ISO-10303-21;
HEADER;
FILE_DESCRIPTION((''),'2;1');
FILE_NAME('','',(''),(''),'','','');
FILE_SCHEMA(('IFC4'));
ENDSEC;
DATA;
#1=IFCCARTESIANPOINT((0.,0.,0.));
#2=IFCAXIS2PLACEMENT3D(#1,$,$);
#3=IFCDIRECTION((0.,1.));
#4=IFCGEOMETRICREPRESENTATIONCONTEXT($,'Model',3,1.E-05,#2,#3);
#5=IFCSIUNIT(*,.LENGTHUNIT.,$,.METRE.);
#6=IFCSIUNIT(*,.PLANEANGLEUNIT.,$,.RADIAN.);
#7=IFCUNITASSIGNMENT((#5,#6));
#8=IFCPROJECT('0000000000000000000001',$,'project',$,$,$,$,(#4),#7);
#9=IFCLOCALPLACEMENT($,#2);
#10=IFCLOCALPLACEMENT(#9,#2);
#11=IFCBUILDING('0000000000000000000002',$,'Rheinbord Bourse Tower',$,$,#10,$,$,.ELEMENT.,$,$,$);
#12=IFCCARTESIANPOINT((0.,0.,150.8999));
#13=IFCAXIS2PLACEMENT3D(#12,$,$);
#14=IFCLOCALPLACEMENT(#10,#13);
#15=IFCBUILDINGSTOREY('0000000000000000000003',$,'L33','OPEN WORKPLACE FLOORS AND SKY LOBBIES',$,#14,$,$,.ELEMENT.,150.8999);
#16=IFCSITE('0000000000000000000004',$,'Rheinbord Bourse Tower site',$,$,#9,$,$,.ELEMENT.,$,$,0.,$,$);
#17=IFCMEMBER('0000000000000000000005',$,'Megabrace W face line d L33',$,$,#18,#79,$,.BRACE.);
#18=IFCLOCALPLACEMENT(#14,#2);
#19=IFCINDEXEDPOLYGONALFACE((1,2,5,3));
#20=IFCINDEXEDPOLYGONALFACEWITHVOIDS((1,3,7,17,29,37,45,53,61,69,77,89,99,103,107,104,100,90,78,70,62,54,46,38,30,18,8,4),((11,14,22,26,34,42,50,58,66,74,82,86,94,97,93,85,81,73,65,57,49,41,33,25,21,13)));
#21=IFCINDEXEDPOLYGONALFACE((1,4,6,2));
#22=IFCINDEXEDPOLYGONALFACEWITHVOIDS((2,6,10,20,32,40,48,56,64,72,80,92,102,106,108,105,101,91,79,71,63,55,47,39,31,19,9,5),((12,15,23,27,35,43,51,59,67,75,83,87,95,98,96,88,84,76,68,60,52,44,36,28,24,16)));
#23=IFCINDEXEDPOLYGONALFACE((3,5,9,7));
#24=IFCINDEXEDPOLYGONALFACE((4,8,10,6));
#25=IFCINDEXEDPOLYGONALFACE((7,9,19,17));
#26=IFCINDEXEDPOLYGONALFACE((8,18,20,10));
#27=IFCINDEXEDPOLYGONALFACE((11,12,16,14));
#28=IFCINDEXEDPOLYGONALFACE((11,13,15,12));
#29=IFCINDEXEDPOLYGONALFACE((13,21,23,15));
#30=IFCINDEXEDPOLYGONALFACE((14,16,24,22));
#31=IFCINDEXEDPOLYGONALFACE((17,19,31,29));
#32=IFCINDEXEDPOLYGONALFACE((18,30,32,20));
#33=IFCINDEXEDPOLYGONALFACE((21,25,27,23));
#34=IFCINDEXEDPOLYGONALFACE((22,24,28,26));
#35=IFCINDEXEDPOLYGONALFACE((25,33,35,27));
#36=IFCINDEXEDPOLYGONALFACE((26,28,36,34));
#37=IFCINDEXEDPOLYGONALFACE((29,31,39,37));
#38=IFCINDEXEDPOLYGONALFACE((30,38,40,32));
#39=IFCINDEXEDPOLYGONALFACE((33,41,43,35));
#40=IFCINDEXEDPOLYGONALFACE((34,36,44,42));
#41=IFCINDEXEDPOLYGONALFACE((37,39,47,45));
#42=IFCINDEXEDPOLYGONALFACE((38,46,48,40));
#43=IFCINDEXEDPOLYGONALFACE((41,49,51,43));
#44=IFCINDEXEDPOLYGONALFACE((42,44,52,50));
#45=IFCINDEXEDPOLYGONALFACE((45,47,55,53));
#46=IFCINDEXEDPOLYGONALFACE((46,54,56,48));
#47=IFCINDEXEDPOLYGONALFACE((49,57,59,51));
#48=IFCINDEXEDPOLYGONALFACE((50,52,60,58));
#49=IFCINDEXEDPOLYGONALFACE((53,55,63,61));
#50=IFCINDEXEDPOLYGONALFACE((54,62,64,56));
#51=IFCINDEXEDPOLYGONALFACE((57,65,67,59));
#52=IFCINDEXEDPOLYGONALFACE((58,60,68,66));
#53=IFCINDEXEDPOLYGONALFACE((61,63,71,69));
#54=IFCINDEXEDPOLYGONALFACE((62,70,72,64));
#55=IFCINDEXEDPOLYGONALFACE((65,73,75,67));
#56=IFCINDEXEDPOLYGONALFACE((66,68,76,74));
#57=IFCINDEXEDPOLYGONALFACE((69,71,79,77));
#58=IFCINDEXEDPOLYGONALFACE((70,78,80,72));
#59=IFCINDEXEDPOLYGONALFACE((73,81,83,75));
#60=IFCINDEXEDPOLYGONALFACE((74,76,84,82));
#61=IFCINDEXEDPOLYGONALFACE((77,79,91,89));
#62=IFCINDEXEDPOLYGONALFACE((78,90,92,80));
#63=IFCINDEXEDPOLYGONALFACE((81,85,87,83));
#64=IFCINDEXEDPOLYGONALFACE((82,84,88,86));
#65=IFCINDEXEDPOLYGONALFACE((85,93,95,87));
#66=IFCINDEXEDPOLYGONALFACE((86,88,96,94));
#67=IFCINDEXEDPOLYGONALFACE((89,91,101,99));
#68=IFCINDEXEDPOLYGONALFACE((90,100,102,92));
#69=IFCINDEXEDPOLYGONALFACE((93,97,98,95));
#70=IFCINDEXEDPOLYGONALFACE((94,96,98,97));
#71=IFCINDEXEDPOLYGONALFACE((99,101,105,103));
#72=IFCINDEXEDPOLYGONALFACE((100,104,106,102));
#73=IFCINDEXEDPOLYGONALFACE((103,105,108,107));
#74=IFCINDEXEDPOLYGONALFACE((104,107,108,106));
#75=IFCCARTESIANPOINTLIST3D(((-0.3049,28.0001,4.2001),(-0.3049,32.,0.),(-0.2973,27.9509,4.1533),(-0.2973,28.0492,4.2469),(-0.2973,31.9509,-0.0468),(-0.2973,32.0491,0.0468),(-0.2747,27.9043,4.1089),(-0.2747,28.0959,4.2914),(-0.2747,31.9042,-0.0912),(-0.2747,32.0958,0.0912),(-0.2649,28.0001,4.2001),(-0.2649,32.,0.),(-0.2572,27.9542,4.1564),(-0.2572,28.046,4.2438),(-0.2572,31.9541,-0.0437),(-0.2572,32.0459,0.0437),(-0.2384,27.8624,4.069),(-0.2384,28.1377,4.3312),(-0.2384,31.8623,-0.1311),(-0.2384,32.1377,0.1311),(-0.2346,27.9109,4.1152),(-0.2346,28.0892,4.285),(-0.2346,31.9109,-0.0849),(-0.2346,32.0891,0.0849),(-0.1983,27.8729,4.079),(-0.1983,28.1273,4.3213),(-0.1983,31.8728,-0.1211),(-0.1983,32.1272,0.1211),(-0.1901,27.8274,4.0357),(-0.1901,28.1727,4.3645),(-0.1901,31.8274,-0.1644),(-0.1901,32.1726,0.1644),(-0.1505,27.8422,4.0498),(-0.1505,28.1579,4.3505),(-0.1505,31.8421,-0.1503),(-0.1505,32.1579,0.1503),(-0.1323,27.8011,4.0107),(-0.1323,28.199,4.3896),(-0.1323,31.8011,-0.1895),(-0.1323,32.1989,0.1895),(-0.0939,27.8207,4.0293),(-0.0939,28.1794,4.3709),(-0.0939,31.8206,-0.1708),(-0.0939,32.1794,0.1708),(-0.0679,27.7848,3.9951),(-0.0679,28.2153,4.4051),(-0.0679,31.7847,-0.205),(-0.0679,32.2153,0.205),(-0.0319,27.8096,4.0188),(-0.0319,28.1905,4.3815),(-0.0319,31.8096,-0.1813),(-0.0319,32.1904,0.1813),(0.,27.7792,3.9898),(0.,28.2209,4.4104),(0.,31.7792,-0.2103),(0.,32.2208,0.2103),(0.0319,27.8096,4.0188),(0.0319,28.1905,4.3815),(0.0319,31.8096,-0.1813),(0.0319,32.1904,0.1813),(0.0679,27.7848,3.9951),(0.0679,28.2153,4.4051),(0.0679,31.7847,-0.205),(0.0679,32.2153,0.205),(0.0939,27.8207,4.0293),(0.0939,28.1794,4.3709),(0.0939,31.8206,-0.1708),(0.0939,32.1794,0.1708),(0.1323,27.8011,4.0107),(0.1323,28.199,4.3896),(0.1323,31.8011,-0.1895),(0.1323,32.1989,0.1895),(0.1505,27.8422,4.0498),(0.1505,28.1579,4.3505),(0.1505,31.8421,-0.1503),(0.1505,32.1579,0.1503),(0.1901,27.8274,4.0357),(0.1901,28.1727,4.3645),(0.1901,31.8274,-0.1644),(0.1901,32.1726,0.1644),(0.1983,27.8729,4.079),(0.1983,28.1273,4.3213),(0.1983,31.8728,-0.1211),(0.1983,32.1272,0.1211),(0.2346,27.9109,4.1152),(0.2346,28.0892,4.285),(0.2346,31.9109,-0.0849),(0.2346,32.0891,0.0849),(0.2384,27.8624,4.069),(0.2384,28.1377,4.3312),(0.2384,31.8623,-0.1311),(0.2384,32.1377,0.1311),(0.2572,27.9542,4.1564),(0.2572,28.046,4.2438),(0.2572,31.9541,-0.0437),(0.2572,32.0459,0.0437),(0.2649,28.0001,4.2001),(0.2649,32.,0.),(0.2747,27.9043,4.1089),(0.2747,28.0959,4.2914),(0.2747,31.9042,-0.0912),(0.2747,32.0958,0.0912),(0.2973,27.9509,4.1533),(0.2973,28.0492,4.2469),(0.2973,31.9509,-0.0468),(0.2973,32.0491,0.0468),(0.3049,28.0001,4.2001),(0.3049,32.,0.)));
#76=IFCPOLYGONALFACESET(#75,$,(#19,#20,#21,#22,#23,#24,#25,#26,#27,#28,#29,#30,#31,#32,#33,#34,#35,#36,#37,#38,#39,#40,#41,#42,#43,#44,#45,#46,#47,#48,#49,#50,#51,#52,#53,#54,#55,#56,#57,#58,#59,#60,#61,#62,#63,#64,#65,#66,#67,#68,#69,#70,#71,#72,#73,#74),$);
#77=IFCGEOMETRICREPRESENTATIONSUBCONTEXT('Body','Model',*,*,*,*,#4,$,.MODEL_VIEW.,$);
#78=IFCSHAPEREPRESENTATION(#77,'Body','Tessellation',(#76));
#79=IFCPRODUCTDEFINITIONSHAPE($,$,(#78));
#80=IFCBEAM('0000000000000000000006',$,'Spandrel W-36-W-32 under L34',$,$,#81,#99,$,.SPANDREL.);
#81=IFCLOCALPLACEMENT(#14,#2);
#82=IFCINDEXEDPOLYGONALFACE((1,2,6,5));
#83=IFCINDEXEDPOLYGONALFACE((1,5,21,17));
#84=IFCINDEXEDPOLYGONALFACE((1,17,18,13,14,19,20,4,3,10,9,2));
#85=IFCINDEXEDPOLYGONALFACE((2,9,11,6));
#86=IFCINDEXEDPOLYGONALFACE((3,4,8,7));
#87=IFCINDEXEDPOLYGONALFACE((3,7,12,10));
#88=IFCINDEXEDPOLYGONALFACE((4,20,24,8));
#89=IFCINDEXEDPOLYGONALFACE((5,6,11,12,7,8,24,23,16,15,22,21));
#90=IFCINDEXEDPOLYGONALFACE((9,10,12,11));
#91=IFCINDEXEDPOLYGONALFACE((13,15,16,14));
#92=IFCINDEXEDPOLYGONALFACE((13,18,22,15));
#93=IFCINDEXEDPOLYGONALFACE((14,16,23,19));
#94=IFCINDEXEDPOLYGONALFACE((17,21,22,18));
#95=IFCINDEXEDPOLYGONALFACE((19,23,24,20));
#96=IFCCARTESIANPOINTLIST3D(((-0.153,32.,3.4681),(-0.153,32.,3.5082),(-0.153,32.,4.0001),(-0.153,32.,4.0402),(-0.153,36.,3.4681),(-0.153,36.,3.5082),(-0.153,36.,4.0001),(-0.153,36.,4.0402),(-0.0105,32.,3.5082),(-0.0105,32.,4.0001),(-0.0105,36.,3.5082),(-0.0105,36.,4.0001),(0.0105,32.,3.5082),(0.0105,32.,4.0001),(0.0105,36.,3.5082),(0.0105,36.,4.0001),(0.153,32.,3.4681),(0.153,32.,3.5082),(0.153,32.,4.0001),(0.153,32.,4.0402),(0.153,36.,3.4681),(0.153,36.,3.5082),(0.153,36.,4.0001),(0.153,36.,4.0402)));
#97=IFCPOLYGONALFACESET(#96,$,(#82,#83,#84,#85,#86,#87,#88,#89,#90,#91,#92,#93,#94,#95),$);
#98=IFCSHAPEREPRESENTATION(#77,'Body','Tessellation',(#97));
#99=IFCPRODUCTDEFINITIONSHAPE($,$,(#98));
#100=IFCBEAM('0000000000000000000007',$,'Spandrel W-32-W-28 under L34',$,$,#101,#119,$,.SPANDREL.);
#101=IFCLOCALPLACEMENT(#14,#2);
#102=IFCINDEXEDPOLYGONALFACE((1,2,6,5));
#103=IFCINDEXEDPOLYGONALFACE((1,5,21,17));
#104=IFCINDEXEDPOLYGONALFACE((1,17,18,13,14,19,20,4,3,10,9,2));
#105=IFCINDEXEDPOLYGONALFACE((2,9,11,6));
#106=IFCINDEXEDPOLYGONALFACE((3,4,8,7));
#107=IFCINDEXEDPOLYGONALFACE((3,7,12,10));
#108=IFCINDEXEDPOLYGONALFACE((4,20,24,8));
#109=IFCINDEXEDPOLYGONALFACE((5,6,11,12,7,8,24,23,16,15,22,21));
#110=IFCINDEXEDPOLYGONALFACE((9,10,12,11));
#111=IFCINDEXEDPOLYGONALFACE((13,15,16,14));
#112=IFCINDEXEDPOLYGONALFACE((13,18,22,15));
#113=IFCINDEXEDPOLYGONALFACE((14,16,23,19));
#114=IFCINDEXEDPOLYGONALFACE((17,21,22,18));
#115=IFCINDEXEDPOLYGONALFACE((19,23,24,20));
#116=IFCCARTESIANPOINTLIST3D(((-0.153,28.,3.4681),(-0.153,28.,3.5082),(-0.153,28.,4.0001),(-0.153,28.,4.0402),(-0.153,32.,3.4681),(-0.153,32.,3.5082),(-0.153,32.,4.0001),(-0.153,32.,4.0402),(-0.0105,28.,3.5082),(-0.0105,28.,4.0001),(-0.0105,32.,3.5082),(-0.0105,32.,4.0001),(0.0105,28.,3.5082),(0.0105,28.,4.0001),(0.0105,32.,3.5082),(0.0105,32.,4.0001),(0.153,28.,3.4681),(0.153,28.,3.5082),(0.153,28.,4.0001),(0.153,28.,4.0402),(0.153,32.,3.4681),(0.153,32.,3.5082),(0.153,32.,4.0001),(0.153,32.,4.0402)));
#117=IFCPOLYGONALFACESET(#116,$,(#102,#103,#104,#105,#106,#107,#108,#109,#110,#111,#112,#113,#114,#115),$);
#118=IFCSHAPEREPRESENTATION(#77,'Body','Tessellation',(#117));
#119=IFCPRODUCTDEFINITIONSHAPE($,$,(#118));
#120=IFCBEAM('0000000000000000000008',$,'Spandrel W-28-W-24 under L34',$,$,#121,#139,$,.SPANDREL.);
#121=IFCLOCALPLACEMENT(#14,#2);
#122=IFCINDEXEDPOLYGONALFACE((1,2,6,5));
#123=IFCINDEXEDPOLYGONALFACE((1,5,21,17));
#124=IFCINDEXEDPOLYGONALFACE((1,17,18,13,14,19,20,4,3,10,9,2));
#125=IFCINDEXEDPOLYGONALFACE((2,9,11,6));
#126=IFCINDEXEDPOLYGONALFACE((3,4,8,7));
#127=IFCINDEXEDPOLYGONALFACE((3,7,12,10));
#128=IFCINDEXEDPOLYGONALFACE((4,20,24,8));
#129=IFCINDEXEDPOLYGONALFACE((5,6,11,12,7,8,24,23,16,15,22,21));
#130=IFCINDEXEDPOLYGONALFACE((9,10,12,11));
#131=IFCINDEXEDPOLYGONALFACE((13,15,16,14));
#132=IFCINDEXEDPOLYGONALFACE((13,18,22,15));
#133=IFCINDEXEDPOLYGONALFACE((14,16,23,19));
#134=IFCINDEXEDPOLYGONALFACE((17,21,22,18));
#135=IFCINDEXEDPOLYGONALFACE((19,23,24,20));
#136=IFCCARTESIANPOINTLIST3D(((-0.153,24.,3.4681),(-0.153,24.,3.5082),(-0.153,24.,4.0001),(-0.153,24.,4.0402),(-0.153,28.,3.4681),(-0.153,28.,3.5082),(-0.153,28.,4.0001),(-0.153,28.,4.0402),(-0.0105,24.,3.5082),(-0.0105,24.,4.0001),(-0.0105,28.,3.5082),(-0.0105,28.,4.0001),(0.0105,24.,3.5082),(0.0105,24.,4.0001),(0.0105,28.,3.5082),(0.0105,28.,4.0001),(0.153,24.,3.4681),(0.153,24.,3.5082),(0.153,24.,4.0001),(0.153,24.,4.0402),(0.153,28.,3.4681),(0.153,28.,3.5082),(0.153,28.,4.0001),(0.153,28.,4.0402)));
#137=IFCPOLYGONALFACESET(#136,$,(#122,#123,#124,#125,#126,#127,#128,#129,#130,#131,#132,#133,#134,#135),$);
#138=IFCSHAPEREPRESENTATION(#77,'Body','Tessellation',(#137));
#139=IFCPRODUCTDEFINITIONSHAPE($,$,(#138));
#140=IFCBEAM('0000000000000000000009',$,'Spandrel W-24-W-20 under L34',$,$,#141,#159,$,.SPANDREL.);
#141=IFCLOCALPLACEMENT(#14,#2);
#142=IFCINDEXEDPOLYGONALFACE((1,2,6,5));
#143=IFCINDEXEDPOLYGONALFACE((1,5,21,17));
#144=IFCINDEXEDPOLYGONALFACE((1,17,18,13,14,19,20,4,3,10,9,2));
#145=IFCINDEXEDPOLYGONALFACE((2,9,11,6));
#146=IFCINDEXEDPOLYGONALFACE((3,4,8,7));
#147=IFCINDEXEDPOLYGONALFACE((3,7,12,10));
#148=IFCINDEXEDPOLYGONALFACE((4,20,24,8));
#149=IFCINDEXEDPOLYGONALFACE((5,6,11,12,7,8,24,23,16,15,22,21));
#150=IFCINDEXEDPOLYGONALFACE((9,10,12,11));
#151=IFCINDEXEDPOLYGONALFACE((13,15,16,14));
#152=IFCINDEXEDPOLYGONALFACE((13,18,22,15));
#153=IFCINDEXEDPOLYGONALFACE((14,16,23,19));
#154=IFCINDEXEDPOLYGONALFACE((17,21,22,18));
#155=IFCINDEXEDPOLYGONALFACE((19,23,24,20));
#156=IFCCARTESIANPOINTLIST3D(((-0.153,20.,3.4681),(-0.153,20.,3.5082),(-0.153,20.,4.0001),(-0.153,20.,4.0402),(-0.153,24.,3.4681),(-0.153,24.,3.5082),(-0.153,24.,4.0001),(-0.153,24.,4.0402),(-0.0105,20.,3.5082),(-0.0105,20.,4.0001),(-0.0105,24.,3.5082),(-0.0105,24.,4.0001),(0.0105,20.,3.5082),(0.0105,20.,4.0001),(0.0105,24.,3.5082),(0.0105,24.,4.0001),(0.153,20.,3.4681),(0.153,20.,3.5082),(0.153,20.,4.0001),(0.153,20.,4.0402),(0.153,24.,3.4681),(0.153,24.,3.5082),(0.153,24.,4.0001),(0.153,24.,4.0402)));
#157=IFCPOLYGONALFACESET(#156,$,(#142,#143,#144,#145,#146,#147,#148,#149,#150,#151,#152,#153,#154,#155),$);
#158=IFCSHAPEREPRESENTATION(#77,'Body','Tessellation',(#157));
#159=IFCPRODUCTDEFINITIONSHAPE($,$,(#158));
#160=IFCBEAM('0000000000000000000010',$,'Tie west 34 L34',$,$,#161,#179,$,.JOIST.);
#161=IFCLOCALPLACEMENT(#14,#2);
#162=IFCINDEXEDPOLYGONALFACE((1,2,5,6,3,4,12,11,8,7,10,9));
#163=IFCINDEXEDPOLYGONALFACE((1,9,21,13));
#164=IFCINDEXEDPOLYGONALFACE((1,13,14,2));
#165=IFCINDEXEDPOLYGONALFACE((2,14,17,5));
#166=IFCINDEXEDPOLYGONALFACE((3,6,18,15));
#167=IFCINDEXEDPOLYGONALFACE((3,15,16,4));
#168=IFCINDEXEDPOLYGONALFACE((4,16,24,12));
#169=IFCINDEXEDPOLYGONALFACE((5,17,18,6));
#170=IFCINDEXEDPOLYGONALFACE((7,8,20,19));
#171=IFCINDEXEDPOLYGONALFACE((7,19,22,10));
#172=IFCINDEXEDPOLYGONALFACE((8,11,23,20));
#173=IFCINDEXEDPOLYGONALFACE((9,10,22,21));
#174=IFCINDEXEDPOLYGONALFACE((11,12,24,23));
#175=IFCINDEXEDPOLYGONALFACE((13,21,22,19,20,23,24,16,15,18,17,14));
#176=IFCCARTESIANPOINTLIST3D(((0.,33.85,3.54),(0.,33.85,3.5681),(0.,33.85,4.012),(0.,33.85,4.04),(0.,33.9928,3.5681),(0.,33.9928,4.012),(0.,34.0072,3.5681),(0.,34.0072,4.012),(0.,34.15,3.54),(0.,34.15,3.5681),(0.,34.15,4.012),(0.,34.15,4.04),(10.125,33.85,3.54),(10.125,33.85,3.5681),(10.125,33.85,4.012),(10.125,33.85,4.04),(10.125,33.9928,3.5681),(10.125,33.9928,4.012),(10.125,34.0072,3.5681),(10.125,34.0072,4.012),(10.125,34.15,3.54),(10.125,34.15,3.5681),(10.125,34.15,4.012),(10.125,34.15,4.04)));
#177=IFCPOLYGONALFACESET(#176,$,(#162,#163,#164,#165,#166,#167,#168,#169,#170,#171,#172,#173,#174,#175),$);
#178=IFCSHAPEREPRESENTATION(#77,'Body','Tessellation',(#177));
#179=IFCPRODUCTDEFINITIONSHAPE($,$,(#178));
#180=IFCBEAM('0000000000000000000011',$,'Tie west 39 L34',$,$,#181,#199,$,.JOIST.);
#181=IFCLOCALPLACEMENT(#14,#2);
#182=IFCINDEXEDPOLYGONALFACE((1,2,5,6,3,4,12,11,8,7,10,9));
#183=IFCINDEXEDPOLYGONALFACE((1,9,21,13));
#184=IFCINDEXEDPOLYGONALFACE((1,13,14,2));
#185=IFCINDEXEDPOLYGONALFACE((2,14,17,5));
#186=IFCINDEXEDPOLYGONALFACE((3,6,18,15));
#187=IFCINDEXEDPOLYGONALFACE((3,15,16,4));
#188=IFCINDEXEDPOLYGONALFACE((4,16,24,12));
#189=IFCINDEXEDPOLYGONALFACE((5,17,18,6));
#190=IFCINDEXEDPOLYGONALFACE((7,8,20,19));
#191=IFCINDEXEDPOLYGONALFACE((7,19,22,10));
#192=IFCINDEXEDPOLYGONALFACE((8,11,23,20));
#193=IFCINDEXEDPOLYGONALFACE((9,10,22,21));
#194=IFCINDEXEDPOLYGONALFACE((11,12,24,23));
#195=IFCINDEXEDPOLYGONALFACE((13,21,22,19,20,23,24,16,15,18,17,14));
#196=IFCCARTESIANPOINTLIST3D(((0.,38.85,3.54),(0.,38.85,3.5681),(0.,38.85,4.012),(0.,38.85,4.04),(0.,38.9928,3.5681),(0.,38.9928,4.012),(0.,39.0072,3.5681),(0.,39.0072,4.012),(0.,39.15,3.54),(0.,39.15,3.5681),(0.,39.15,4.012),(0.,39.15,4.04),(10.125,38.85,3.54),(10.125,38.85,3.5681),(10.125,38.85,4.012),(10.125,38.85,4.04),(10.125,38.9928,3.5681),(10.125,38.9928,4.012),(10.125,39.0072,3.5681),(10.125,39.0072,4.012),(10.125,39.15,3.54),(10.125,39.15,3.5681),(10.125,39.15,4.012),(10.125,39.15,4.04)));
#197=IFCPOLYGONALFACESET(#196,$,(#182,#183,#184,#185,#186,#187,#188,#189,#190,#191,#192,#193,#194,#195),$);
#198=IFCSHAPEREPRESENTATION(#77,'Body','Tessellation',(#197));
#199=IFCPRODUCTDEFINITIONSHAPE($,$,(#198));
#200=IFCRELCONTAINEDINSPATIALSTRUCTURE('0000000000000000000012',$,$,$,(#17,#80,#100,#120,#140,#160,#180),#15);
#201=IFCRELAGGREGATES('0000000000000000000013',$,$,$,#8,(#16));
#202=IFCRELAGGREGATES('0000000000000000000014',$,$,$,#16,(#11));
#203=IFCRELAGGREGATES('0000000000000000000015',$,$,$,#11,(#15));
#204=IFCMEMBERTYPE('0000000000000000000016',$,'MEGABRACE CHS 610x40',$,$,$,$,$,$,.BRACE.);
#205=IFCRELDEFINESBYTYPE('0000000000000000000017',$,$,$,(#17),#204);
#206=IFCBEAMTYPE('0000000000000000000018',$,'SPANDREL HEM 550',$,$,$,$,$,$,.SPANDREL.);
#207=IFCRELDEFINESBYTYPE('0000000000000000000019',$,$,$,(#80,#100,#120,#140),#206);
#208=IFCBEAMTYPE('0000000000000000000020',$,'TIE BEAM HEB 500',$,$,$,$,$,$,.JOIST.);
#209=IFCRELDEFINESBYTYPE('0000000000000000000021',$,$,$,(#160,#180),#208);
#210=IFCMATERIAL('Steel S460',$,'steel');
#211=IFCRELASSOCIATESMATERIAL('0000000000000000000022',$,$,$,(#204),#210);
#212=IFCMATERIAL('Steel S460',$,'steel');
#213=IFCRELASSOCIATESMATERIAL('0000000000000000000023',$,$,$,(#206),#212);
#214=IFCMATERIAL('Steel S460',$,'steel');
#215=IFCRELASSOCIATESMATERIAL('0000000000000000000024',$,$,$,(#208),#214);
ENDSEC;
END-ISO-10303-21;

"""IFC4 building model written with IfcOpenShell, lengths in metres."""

from ifc_helpers import new_model, si_unit, direction, frame, origin, origin_2d, place, context, subcontext, project, spatial, hollow_circle, i_section, extrude, material, material_profile, profile_set, type_object, element, save


model = new_model("IFC4")

# Units and contexts
model_context = context("Model", 3, precision=1e-05, world=origin(), true_north=direction((0.0, 1.0)))
body_context = subcontext(model_context, "Body", "Model", "MODEL_VIEW")
ifc_project = project(units=[si_unit("LENGTHUNIT", "METRE"), si_unit("PLANEANGLEUNIT", "RADIAN")], contexts=[model_context])

# Site, building, storey
site_placement = place(None, origin())
site = spatial("IfcSite", under=ifc_project, at=site_placement, Name="Rheinbord Bourse Tower site", CompositionType="ELEMENT", RefElevation=0.0)
building_placement = place(site_placement, origin())
building = spatial("IfcBuilding", under=site, at=building_placement, Name="Rheinbord Bourse Tower", CompositionType="ELEMENT")
storey_placement = place(building_placement, frame((0.0, 0.0, 150.8999)))
storey = spatial("IfcBuildingStorey", under=building, at=storey_placement, Name="L33", Description="OPEN WORKPLACE FLOORS AND SKY LOBBIES", CompositionType="ELEMENT", Elevation=150.8999)

# Member
ifc_material_1 = material(Name="Steel S460", Category="steel")
ifc_material_profile_1 = material_profile(ifc_material_1, hollow_circle(Radius=0.3049, WallThickness=0.04, at=origin_2d()), Name="CHS 610x40")
ifc_profile_set_1 = profile_set([ifc_material_profile_1], Name="Steel S460")
member_type_1 = type_object("IfcMemberType", Name="MEGABRACE CHS 610x40", PredefinedType="BRACE", material=ifc_profile_set_1)
for number, where, z_axis, x_axis, name in (
    (1, (0.0, 32.0, 0.0), (0.0, -0.689638, 0.724154), (1.0, 0.0, 0.0), "Megabrace W face line d L33"),
):
    element("IfcMember", number, at=place(storey_placement, frame(where, z_axis=z_axis, x_axis=x_axis)), inside=storey, type_object=member_type_1, Name=name, PredefinedType="BRACE", context=body_context, shape_type="SweptSolid", body=[
        extrude(hollow_circle(Radius=0.3049, WallThickness=0.04, at=origin_2d()), origin(), (0.0, 0.0, 1.0), 5.8),
    ])

# Beams
ifc_material_2 = material(Name="Steel S460", Category="steel")
ifc_material_profile_2 = material_profile(ifc_material_2, i_section(OverallWidth=0.3059, OverallDepth=0.572, WebThickness=0.021, FlangeThickness=0.04, at=origin_2d()), Name="HEM 550")
ifc_profile_set_2 = profile_set([ifc_material_profile_2], Name="Steel S460")
beam_type_1 = type_object("IfcBeamType", Name="SPANDREL HEM 550", PredefinedType="SPANDREL", material=ifc_profile_set_2)
for number, where, z_axis, x_axis, name in (
    (2, (0.0, 36.0, 3.7542), (0.0, -1.0, 0.0), (1.0, 0.0, 0.0), "Spandrel W-36-W-32 under L34"),
    (3, (0.0, 32.0, 3.7542), (0.0, -1.0, 0.0), (1.0, 0.0, 0.0), "Spandrel W-32-W-28 under L34"),
    (4, (0.0, 28.0, 3.7542), (0.0, -1.0, 0.0), (1.0, 0.0, 0.0), "Spandrel W-28-W-24 under L34"),
    (5, (0.0, 24.0, 3.7542), (0.0, -1.0, 0.0), (1.0, 0.0, 0.0), "Spandrel W-24-W-20 under L34"),
):
    element("IfcBeam", number, at=place(storey_placement, frame(where, z_axis=z_axis, x_axis=x_axis)), inside=storey, type_object=beam_type_1, Name=name, PredefinedType="SPANDREL", context=body_context, shape_type="SweptSolid", body=[
        extrude(i_section(OverallWidth=0.3059, OverallDepth=0.572, WebThickness=0.021, FlangeThickness=0.04, at=origin_2d()), origin(), (0.0, 0.0, 1.0), 4.0),
    ])
ifc_material_3 = material(Name="Steel S460", Category="steel")
ifc_material_profile_3 = material_profile(ifc_material_3, i_section(OverallWidth=0.3, OverallDepth=0.5, WebThickness=0.0144, FlangeThickness=0.0281, at=origin_2d()), Name="HEB 500")
ifc_profile_set_3 = profile_set([ifc_material_profile_3], Name="Steel S460")
beam_type_2 = type_object("IfcBeamType", Name="TIE BEAM HEB 500", PredefinedType="JOIST", material=ifc_profile_set_3)
for number, where, z_axis, x_axis, name in (
    (6, (0.0, 34.0, 3.79), (1.0, 0.0, 0.0), (0.0, 1.0, 0.0), "Tie west 34 L34"),
    (7, (0.0, 39.0, 3.79), (1.0, 0.0, 0.0), (0.0, 1.0, 0.0), "Tie west 39 L34"),
):
    element("IfcBeam", number, at=place(storey_placement, frame(where, z_axis=z_axis, x_axis=x_axis)), inside=storey, type_object=beam_type_2, Name=name, PredefinedType="JOIST", context=body_context, shape_type="SweptSolid", body=[
        extrude(i_section(OverallWidth=0.3, OverallDepth=0.5, WebThickness=0.0144, FlangeThickness=0.0281, at=origin_2d()), origin(), (0.0, 0.0, 1.0), 10.125),
    ])

save(model, "model.ifc")
